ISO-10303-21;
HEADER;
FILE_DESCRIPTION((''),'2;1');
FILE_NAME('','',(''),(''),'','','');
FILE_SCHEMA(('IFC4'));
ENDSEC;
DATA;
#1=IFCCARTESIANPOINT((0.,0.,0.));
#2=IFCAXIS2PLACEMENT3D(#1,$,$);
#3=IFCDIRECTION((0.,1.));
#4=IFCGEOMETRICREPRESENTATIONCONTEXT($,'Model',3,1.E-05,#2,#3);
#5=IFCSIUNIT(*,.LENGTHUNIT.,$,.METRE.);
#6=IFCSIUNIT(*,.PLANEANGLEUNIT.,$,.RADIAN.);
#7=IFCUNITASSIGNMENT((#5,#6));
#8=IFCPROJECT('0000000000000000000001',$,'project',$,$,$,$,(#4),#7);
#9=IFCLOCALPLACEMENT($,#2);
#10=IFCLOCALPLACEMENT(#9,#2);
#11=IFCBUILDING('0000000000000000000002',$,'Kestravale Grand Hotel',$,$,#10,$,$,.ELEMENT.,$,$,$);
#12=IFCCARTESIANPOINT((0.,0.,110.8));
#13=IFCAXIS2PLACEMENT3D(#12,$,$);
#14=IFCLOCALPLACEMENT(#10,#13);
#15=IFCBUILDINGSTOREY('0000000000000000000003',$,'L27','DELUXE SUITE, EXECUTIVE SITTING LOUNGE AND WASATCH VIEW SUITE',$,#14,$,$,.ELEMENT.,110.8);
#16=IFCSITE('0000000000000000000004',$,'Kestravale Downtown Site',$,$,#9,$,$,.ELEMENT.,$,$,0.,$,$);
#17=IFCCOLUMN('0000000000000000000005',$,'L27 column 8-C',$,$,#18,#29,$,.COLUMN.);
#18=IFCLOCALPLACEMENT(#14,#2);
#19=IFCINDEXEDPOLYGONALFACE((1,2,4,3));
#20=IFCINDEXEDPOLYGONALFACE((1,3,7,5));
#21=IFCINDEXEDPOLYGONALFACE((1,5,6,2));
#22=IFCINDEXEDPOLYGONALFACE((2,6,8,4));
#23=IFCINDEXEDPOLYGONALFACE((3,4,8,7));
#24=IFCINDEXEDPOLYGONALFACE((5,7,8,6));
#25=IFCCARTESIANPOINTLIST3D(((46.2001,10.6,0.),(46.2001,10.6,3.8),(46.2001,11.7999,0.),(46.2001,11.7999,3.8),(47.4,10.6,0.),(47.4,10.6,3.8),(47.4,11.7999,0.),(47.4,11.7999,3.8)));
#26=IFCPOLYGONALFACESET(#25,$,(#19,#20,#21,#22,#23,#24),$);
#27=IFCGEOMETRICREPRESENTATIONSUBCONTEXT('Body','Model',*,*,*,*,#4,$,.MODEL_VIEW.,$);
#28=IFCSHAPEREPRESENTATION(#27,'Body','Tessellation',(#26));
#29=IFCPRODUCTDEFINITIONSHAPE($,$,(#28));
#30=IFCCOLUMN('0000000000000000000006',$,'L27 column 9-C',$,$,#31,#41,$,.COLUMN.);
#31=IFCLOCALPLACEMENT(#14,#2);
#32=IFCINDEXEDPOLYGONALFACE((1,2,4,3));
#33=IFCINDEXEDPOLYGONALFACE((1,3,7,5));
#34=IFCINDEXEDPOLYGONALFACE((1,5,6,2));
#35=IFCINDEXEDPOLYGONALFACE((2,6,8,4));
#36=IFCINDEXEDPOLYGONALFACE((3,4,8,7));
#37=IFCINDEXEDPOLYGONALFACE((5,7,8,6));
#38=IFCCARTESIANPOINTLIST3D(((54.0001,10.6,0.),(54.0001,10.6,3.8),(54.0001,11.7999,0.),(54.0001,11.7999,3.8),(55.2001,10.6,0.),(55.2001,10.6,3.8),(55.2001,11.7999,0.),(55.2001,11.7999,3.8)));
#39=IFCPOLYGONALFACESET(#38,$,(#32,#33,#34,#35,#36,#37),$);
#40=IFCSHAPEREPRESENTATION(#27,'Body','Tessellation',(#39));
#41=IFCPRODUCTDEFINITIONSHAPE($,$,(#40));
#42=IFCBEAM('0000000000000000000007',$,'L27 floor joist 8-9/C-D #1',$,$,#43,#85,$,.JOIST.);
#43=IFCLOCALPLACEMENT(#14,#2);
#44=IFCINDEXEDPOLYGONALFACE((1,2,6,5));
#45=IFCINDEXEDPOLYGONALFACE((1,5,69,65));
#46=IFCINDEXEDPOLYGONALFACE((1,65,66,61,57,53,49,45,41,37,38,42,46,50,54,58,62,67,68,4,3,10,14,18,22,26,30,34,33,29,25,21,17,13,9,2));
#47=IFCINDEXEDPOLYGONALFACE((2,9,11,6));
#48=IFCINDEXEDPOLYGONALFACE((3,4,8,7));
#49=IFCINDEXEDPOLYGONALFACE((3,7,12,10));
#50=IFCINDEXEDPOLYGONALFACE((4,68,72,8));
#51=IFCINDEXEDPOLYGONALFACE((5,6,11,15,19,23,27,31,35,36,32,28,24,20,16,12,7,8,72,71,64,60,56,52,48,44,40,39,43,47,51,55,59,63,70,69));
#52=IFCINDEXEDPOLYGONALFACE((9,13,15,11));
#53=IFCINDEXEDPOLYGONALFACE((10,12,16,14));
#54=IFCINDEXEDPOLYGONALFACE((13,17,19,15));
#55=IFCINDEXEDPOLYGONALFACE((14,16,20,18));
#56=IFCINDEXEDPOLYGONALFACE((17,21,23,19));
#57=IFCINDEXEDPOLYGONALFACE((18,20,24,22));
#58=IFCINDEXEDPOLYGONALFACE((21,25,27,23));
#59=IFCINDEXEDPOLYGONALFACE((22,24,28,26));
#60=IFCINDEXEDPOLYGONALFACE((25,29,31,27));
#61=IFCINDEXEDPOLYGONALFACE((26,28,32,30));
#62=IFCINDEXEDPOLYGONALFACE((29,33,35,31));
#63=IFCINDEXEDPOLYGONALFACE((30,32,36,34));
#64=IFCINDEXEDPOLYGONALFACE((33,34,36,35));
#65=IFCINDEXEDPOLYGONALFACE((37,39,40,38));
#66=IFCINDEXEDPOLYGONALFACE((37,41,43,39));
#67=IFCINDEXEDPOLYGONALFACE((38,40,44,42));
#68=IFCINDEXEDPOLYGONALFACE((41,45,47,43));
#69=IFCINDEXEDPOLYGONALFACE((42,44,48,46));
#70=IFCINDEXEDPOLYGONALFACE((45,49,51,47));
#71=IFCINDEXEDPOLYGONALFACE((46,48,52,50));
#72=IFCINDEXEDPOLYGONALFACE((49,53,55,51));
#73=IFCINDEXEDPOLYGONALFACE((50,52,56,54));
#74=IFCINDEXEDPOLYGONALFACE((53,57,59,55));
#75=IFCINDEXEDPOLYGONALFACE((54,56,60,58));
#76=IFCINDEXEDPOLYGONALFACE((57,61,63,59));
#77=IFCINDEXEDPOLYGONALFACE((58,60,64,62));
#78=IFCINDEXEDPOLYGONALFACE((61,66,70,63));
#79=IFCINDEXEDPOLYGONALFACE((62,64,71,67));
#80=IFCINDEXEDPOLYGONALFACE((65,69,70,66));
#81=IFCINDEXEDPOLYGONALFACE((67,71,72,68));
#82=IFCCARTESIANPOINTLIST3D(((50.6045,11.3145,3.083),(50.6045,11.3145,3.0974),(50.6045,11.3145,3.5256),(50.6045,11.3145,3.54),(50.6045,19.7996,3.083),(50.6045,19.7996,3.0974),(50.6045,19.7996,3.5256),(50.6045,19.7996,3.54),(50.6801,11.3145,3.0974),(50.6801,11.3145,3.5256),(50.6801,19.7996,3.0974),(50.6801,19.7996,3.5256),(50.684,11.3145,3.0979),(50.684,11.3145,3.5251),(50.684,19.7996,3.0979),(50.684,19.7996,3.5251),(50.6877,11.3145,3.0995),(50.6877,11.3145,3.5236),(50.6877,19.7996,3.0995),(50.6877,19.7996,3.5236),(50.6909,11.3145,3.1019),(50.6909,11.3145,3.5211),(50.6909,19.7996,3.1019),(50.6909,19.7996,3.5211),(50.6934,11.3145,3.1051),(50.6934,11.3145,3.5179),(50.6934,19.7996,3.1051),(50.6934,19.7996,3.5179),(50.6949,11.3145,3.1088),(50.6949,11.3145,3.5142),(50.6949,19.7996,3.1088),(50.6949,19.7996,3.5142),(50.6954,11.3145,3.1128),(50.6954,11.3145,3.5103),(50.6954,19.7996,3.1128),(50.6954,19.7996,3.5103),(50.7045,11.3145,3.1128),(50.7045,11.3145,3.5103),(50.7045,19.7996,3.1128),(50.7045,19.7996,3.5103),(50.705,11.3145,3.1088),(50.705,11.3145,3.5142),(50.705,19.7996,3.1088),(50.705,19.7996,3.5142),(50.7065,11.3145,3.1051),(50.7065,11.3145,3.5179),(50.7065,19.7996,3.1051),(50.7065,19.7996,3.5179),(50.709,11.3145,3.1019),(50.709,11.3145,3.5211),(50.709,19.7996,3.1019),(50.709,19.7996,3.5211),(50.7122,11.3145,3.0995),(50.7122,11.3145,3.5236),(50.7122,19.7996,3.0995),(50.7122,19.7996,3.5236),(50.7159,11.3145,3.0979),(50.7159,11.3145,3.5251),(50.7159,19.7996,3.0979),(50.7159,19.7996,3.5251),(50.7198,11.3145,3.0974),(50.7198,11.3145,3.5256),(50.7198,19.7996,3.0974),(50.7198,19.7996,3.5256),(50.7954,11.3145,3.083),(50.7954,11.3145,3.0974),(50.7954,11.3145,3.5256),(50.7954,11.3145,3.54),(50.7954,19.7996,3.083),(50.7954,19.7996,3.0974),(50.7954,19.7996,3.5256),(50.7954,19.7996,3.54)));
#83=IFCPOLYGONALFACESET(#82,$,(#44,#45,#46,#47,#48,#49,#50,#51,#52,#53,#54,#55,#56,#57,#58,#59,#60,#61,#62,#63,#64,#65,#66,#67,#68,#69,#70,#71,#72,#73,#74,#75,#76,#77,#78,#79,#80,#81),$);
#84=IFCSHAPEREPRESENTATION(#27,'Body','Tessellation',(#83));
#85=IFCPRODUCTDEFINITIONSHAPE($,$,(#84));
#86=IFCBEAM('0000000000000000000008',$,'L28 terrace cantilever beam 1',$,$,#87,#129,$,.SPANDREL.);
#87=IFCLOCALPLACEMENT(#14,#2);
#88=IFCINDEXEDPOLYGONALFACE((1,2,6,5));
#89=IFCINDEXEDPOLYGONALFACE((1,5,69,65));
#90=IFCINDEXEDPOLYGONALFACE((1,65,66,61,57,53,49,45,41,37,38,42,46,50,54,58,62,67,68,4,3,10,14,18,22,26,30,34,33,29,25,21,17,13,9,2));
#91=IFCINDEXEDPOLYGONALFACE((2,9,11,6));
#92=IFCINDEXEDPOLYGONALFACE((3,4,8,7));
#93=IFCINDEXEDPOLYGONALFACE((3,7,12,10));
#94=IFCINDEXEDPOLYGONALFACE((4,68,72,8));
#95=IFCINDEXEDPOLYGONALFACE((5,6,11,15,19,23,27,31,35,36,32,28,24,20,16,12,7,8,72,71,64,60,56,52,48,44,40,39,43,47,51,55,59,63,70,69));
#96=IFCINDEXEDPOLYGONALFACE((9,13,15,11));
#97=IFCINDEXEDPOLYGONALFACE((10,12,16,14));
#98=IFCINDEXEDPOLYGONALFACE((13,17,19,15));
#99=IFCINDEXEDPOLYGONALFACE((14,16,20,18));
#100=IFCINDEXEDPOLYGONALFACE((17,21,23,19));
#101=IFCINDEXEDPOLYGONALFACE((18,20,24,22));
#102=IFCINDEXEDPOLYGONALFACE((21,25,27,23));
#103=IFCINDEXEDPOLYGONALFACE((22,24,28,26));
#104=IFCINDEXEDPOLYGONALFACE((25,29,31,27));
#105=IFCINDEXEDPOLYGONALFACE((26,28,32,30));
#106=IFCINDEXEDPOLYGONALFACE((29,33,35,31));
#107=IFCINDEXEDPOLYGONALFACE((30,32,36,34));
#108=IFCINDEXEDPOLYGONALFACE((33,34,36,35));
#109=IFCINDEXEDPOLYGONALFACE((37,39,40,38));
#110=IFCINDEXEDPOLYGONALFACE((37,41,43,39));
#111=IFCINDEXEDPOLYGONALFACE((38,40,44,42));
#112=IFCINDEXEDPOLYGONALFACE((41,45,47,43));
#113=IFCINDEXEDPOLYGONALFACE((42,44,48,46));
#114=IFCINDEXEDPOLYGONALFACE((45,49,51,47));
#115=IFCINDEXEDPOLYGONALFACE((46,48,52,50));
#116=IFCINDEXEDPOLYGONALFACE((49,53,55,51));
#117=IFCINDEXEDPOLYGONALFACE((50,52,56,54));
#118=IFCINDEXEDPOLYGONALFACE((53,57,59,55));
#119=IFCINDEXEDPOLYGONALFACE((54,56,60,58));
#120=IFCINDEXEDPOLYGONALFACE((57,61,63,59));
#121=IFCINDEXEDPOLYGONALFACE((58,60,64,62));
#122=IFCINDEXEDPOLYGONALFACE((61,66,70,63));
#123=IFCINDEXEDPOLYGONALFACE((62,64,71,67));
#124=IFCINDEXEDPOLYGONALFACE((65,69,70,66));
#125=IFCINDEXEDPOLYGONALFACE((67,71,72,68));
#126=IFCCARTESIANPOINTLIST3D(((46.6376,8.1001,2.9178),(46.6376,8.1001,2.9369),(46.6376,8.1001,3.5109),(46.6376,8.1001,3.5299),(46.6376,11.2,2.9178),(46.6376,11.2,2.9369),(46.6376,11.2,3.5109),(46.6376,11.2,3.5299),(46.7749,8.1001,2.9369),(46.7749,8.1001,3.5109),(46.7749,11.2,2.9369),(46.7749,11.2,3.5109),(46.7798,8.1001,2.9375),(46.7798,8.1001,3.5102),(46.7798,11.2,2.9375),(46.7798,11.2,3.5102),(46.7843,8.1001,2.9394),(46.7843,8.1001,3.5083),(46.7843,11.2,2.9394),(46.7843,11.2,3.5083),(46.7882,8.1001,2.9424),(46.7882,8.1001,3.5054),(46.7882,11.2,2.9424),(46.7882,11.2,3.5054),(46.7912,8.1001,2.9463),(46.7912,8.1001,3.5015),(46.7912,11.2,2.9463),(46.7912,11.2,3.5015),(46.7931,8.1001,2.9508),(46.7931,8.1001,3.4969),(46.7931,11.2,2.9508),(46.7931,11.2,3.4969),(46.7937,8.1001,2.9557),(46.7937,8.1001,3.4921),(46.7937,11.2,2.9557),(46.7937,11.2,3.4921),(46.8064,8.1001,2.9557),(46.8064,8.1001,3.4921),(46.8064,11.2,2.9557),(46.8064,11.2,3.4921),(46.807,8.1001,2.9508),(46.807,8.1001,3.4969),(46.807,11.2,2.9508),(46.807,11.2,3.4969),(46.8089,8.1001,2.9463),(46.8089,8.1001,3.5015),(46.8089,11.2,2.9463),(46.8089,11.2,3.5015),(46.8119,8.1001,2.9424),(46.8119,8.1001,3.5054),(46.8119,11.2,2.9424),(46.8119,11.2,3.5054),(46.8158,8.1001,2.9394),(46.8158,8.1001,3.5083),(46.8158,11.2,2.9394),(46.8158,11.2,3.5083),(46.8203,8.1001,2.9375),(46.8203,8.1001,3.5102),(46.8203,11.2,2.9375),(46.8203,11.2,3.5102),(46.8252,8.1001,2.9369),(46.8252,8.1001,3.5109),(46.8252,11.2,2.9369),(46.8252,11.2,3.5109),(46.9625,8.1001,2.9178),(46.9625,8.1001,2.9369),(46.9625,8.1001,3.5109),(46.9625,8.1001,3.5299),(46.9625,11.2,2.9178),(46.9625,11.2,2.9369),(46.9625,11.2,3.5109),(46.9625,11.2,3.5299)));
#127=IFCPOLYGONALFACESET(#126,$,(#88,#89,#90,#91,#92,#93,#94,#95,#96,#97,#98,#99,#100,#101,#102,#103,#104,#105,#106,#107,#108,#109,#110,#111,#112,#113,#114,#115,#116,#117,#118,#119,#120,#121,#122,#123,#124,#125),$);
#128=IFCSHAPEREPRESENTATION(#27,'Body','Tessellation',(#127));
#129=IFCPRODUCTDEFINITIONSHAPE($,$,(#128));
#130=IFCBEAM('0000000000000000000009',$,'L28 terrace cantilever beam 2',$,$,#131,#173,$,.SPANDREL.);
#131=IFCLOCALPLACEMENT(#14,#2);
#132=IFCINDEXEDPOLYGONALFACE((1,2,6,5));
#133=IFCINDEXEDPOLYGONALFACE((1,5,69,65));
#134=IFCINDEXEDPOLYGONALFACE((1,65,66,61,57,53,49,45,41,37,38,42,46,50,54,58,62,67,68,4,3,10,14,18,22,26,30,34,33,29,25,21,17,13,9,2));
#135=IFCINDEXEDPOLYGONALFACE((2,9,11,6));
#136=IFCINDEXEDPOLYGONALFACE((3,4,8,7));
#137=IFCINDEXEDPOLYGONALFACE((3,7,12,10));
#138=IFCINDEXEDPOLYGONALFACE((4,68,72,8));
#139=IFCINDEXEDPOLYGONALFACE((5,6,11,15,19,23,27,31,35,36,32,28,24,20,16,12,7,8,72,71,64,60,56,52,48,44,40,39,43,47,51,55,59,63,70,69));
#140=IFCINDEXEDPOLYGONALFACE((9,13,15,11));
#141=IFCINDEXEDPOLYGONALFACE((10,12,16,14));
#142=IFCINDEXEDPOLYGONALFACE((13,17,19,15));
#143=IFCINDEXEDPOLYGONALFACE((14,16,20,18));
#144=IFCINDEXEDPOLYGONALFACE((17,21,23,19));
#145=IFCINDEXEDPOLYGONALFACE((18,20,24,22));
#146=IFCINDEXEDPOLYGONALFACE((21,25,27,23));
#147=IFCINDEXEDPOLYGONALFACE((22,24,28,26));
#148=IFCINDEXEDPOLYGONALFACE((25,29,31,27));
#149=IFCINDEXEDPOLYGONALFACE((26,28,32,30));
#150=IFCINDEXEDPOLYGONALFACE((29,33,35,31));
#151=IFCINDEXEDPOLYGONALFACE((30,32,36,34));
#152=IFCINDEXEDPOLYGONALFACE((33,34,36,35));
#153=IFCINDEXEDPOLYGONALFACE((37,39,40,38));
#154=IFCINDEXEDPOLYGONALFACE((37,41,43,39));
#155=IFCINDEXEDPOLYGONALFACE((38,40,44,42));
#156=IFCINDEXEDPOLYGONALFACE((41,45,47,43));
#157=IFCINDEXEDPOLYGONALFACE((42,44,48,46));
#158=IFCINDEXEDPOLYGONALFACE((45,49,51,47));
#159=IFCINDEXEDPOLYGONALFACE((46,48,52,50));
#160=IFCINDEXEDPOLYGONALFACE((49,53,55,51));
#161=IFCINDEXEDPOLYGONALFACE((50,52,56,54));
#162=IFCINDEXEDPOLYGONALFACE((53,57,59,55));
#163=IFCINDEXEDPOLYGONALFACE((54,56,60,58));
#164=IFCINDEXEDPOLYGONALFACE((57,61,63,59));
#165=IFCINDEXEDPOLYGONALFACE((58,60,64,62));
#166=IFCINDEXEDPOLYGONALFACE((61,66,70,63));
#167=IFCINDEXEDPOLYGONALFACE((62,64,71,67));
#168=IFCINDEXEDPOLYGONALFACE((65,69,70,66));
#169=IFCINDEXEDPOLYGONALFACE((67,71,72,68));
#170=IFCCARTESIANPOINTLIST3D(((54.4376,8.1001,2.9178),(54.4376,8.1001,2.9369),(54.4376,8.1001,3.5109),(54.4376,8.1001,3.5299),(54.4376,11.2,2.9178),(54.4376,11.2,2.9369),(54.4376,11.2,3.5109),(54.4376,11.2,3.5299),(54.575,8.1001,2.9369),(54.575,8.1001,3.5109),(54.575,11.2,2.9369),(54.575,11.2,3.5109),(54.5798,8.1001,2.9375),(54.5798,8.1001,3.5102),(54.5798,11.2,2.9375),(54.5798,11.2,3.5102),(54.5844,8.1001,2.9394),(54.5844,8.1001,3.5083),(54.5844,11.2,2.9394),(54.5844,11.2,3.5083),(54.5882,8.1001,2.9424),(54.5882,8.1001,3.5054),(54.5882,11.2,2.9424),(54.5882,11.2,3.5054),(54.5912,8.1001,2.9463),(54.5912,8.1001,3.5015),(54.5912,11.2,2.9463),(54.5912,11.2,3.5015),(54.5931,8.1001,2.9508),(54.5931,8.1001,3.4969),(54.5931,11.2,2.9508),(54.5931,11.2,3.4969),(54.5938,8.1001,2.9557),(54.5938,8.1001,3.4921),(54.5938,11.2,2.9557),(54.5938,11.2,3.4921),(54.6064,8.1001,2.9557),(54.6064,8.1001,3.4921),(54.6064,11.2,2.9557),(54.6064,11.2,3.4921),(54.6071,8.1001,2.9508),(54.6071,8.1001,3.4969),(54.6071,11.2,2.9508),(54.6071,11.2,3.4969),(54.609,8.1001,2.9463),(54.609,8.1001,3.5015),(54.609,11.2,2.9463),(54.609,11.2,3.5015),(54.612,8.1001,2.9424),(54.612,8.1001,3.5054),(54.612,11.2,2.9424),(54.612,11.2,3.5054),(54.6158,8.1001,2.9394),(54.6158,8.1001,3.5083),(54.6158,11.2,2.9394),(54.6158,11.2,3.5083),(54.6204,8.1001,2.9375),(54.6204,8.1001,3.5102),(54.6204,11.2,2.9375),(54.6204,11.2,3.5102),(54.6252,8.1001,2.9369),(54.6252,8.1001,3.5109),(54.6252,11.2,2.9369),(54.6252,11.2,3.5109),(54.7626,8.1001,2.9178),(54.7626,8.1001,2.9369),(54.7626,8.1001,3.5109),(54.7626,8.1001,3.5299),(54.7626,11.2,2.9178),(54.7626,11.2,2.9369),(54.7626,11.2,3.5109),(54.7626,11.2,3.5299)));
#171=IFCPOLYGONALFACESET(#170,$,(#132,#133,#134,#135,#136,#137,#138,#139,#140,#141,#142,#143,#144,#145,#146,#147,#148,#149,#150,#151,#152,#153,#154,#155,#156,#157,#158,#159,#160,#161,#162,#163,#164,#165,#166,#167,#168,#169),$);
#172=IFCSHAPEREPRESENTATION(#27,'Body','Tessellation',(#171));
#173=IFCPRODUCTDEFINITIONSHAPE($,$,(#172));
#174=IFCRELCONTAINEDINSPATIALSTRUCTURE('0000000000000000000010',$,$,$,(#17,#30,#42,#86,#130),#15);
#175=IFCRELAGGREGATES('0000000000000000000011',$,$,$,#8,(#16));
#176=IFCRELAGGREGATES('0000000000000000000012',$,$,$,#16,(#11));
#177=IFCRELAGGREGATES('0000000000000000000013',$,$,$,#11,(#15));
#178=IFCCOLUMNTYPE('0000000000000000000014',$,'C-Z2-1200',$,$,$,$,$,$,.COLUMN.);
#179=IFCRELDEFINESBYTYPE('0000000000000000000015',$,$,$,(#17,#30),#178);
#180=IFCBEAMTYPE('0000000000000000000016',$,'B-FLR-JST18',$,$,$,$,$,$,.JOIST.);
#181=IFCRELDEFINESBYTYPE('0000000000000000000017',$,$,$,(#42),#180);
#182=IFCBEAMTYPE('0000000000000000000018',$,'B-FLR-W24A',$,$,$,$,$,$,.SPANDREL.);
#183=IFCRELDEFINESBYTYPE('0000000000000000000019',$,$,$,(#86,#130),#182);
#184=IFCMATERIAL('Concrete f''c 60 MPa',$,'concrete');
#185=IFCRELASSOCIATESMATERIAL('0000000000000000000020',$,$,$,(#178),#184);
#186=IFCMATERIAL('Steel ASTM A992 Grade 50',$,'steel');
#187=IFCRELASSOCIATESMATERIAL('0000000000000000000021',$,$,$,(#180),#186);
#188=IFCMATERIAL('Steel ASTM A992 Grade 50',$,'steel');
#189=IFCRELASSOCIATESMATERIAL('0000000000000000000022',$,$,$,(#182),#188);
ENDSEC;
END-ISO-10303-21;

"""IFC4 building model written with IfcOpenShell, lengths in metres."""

from ifc_helpers import new_model, si_unit, direction, frame, origin, origin_2d, place, context, subcontext, project, spatial, rectangle, i_section, extrude, material, material_profile, profile_set, type_object, element, save


model = new_model("IFC4")

# Units and contexts
model_context = context("Model", 3, precision=1e-05, world=origin(), true_north=direction((0.0, 1.0)))
body_context = subcontext(model_context, "Body", "Model", "MODEL_VIEW")
ifc_project = project(units=[si_unit("LENGTHUNIT", "METRE"), si_unit("PLANEANGLEUNIT", "RADIAN")], contexts=[model_context])

# Site, building, storey
site_placement = place(None, origin())
site = spatial("IfcSite", under=ifc_project, at=site_placement, Name="Kestravale Downtown Site", CompositionType="ELEMENT", RefElevation=0.0)
building_placement = place(site_placement, origin())
building = spatial("IfcBuilding", under=site, at=building_placement, Name="Kestravale Grand Hotel", CompositionType="ELEMENT")
storey_placement = place(building_placement, frame((0.0, 0.0, 110.8)))
storey = spatial("IfcBuildingStorey", under=building, at=storey_placement, Name="L27", Description="DELUXE SUITE, EXECUTIVE SITTING LOUNGE AND WASATCH VIEW SUITE", CompositionType="ELEMENT", Elevation=110.8)

# Columns
ifc_material_1 = material(Name="Concrete f'c 60 MPa", Category="concrete")
ifc_material_profile_1 = material_profile(ifc_material_1, rectangle(XDim=1.2, YDim=1.2, at=origin_2d()))
ifc_profile_set_1 = profile_set([ifc_material_profile_1], Name="Concrete f'c 60 MPa")
column_type = type_object("IfcColumnType", Name="C-Z2-1200", PredefinedType="COLUMN", material=ifc_profile_set_1)
for number, where, z_axis, x_axis, name in (
    (1, (46.8, 11.2, 0.0), (0.0, 0.0, 1.0), (1.0, 0.0, 0.0), "L27 column 8-C"),
    (2, (54.6001, 11.2, 0.0), (0.0, 0.0, 1.0), (1.0, 0.0, 0.0), "L27 column 9-C"),
):
    element("IfcColumn", number, at=place(storey_placement, frame(where, z_axis=z_axis, x_axis=x_axis)), inside=storey, type_object=column_type, Name=name, PredefinedType="COLUMN", context=body_context, shape_type="SweptSolid", body=[
        extrude(rectangle(XDim=1.2, YDim=1.2, at=origin_2d()), origin(), (0.0, 0.0, 1.0), 3.8),
    ])

# Beams
ifc_material_2 = material(Name="Steel ASTM A992 Grade 50", Category="steel")
ifc_material_profile_2 = material_profile(ifc_material_2, i_section(OverallWidth=0.1909, OverallDepth=0.457, WebThickness=0.009, FlangeThickness=0.0144, FilletRadius=0.0154, at=origin_2d()))
ifc_profile_set_2 = profile_set([ifc_material_profile_2], Name="Steel ASTM A992 Grade 50")
beam_type_1 = type_object("IfcBeamType", Name="B-FLR-JST18", PredefinedType="JOIST", material=ifc_profile_set_2)
beam_1_placement = place(storey_placement, frame((50.7, 11.3145, 3.3115), z_axis=(0.0, 1.0, 0.0), x_axis=(-1.0, 0.0, 0.0)))
element("IfcBeam", 3, at=beam_1_placement, inside=storey, type_object=beam_type_1, Name="L27 floor joist 8-9/C-D #1", PredefinedType="JOIST", context=body_context, shape_type="SweptSolid", body=[
    extrude(i_section(OverallWidth=0.1909, OverallDepth=0.457, WebThickness=0.009, FlangeThickness=0.0144, FilletRadius=0.0154, at=origin_2d()), origin(), (0.0, 0.0, 1.0), 8.4851),
])
ifc_material_3 = material(Name="Steel ASTM A992 Grade 50", Category="steel")
ifc_material_profile_3 = material_profile(ifc_material_3, i_section(OverallWidth=0.325, OverallDepth=0.6121, WebThickness=0.0127, FlangeThickness=0.019, FilletRadius=0.0188, at=origin_2d()))
ifc_profile_set_3 = profile_set([ifc_material_profile_3], Name="Steel ASTM A992 Grade 50")
beam_type_2 = type_object("IfcBeamType", Name="B-FLR-W24A", PredefinedType="SPANDREL", material=ifc_profile_set_3)
for number, where, z_axis, x_axis, name in (
    (4, (46.8, 11.2, 3.2239), (0.0, -1.0, 0.0), (1.0, 0.0, 0.0), "L28 terrace cantilever beam 1"),
    (5, (54.6001, 11.2, 3.2239), (0.0, -1.0, 0.0), (1.0, 0.0, 0.0), "L28 terrace cantilever beam 2"),
):
    element("IfcBeam", number, at=place(storey_placement, frame(where, z_axis=z_axis, x_axis=x_axis)), inside=storey, type_object=beam_type_2, Name=name, PredefinedType="SPANDREL", context=body_context, shape_type="SweptSolid", body=[
        extrude(i_section(OverallWidth=0.325, OverallDepth=0.6121, WebThickness=0.0127, FlangeThickness=0.019, FilletRadius=0.0188, at=origin_2d()), origin(), (0.0, 0.0, 1.0), 3.0999),
    ])

save(model, "model.ifc")
